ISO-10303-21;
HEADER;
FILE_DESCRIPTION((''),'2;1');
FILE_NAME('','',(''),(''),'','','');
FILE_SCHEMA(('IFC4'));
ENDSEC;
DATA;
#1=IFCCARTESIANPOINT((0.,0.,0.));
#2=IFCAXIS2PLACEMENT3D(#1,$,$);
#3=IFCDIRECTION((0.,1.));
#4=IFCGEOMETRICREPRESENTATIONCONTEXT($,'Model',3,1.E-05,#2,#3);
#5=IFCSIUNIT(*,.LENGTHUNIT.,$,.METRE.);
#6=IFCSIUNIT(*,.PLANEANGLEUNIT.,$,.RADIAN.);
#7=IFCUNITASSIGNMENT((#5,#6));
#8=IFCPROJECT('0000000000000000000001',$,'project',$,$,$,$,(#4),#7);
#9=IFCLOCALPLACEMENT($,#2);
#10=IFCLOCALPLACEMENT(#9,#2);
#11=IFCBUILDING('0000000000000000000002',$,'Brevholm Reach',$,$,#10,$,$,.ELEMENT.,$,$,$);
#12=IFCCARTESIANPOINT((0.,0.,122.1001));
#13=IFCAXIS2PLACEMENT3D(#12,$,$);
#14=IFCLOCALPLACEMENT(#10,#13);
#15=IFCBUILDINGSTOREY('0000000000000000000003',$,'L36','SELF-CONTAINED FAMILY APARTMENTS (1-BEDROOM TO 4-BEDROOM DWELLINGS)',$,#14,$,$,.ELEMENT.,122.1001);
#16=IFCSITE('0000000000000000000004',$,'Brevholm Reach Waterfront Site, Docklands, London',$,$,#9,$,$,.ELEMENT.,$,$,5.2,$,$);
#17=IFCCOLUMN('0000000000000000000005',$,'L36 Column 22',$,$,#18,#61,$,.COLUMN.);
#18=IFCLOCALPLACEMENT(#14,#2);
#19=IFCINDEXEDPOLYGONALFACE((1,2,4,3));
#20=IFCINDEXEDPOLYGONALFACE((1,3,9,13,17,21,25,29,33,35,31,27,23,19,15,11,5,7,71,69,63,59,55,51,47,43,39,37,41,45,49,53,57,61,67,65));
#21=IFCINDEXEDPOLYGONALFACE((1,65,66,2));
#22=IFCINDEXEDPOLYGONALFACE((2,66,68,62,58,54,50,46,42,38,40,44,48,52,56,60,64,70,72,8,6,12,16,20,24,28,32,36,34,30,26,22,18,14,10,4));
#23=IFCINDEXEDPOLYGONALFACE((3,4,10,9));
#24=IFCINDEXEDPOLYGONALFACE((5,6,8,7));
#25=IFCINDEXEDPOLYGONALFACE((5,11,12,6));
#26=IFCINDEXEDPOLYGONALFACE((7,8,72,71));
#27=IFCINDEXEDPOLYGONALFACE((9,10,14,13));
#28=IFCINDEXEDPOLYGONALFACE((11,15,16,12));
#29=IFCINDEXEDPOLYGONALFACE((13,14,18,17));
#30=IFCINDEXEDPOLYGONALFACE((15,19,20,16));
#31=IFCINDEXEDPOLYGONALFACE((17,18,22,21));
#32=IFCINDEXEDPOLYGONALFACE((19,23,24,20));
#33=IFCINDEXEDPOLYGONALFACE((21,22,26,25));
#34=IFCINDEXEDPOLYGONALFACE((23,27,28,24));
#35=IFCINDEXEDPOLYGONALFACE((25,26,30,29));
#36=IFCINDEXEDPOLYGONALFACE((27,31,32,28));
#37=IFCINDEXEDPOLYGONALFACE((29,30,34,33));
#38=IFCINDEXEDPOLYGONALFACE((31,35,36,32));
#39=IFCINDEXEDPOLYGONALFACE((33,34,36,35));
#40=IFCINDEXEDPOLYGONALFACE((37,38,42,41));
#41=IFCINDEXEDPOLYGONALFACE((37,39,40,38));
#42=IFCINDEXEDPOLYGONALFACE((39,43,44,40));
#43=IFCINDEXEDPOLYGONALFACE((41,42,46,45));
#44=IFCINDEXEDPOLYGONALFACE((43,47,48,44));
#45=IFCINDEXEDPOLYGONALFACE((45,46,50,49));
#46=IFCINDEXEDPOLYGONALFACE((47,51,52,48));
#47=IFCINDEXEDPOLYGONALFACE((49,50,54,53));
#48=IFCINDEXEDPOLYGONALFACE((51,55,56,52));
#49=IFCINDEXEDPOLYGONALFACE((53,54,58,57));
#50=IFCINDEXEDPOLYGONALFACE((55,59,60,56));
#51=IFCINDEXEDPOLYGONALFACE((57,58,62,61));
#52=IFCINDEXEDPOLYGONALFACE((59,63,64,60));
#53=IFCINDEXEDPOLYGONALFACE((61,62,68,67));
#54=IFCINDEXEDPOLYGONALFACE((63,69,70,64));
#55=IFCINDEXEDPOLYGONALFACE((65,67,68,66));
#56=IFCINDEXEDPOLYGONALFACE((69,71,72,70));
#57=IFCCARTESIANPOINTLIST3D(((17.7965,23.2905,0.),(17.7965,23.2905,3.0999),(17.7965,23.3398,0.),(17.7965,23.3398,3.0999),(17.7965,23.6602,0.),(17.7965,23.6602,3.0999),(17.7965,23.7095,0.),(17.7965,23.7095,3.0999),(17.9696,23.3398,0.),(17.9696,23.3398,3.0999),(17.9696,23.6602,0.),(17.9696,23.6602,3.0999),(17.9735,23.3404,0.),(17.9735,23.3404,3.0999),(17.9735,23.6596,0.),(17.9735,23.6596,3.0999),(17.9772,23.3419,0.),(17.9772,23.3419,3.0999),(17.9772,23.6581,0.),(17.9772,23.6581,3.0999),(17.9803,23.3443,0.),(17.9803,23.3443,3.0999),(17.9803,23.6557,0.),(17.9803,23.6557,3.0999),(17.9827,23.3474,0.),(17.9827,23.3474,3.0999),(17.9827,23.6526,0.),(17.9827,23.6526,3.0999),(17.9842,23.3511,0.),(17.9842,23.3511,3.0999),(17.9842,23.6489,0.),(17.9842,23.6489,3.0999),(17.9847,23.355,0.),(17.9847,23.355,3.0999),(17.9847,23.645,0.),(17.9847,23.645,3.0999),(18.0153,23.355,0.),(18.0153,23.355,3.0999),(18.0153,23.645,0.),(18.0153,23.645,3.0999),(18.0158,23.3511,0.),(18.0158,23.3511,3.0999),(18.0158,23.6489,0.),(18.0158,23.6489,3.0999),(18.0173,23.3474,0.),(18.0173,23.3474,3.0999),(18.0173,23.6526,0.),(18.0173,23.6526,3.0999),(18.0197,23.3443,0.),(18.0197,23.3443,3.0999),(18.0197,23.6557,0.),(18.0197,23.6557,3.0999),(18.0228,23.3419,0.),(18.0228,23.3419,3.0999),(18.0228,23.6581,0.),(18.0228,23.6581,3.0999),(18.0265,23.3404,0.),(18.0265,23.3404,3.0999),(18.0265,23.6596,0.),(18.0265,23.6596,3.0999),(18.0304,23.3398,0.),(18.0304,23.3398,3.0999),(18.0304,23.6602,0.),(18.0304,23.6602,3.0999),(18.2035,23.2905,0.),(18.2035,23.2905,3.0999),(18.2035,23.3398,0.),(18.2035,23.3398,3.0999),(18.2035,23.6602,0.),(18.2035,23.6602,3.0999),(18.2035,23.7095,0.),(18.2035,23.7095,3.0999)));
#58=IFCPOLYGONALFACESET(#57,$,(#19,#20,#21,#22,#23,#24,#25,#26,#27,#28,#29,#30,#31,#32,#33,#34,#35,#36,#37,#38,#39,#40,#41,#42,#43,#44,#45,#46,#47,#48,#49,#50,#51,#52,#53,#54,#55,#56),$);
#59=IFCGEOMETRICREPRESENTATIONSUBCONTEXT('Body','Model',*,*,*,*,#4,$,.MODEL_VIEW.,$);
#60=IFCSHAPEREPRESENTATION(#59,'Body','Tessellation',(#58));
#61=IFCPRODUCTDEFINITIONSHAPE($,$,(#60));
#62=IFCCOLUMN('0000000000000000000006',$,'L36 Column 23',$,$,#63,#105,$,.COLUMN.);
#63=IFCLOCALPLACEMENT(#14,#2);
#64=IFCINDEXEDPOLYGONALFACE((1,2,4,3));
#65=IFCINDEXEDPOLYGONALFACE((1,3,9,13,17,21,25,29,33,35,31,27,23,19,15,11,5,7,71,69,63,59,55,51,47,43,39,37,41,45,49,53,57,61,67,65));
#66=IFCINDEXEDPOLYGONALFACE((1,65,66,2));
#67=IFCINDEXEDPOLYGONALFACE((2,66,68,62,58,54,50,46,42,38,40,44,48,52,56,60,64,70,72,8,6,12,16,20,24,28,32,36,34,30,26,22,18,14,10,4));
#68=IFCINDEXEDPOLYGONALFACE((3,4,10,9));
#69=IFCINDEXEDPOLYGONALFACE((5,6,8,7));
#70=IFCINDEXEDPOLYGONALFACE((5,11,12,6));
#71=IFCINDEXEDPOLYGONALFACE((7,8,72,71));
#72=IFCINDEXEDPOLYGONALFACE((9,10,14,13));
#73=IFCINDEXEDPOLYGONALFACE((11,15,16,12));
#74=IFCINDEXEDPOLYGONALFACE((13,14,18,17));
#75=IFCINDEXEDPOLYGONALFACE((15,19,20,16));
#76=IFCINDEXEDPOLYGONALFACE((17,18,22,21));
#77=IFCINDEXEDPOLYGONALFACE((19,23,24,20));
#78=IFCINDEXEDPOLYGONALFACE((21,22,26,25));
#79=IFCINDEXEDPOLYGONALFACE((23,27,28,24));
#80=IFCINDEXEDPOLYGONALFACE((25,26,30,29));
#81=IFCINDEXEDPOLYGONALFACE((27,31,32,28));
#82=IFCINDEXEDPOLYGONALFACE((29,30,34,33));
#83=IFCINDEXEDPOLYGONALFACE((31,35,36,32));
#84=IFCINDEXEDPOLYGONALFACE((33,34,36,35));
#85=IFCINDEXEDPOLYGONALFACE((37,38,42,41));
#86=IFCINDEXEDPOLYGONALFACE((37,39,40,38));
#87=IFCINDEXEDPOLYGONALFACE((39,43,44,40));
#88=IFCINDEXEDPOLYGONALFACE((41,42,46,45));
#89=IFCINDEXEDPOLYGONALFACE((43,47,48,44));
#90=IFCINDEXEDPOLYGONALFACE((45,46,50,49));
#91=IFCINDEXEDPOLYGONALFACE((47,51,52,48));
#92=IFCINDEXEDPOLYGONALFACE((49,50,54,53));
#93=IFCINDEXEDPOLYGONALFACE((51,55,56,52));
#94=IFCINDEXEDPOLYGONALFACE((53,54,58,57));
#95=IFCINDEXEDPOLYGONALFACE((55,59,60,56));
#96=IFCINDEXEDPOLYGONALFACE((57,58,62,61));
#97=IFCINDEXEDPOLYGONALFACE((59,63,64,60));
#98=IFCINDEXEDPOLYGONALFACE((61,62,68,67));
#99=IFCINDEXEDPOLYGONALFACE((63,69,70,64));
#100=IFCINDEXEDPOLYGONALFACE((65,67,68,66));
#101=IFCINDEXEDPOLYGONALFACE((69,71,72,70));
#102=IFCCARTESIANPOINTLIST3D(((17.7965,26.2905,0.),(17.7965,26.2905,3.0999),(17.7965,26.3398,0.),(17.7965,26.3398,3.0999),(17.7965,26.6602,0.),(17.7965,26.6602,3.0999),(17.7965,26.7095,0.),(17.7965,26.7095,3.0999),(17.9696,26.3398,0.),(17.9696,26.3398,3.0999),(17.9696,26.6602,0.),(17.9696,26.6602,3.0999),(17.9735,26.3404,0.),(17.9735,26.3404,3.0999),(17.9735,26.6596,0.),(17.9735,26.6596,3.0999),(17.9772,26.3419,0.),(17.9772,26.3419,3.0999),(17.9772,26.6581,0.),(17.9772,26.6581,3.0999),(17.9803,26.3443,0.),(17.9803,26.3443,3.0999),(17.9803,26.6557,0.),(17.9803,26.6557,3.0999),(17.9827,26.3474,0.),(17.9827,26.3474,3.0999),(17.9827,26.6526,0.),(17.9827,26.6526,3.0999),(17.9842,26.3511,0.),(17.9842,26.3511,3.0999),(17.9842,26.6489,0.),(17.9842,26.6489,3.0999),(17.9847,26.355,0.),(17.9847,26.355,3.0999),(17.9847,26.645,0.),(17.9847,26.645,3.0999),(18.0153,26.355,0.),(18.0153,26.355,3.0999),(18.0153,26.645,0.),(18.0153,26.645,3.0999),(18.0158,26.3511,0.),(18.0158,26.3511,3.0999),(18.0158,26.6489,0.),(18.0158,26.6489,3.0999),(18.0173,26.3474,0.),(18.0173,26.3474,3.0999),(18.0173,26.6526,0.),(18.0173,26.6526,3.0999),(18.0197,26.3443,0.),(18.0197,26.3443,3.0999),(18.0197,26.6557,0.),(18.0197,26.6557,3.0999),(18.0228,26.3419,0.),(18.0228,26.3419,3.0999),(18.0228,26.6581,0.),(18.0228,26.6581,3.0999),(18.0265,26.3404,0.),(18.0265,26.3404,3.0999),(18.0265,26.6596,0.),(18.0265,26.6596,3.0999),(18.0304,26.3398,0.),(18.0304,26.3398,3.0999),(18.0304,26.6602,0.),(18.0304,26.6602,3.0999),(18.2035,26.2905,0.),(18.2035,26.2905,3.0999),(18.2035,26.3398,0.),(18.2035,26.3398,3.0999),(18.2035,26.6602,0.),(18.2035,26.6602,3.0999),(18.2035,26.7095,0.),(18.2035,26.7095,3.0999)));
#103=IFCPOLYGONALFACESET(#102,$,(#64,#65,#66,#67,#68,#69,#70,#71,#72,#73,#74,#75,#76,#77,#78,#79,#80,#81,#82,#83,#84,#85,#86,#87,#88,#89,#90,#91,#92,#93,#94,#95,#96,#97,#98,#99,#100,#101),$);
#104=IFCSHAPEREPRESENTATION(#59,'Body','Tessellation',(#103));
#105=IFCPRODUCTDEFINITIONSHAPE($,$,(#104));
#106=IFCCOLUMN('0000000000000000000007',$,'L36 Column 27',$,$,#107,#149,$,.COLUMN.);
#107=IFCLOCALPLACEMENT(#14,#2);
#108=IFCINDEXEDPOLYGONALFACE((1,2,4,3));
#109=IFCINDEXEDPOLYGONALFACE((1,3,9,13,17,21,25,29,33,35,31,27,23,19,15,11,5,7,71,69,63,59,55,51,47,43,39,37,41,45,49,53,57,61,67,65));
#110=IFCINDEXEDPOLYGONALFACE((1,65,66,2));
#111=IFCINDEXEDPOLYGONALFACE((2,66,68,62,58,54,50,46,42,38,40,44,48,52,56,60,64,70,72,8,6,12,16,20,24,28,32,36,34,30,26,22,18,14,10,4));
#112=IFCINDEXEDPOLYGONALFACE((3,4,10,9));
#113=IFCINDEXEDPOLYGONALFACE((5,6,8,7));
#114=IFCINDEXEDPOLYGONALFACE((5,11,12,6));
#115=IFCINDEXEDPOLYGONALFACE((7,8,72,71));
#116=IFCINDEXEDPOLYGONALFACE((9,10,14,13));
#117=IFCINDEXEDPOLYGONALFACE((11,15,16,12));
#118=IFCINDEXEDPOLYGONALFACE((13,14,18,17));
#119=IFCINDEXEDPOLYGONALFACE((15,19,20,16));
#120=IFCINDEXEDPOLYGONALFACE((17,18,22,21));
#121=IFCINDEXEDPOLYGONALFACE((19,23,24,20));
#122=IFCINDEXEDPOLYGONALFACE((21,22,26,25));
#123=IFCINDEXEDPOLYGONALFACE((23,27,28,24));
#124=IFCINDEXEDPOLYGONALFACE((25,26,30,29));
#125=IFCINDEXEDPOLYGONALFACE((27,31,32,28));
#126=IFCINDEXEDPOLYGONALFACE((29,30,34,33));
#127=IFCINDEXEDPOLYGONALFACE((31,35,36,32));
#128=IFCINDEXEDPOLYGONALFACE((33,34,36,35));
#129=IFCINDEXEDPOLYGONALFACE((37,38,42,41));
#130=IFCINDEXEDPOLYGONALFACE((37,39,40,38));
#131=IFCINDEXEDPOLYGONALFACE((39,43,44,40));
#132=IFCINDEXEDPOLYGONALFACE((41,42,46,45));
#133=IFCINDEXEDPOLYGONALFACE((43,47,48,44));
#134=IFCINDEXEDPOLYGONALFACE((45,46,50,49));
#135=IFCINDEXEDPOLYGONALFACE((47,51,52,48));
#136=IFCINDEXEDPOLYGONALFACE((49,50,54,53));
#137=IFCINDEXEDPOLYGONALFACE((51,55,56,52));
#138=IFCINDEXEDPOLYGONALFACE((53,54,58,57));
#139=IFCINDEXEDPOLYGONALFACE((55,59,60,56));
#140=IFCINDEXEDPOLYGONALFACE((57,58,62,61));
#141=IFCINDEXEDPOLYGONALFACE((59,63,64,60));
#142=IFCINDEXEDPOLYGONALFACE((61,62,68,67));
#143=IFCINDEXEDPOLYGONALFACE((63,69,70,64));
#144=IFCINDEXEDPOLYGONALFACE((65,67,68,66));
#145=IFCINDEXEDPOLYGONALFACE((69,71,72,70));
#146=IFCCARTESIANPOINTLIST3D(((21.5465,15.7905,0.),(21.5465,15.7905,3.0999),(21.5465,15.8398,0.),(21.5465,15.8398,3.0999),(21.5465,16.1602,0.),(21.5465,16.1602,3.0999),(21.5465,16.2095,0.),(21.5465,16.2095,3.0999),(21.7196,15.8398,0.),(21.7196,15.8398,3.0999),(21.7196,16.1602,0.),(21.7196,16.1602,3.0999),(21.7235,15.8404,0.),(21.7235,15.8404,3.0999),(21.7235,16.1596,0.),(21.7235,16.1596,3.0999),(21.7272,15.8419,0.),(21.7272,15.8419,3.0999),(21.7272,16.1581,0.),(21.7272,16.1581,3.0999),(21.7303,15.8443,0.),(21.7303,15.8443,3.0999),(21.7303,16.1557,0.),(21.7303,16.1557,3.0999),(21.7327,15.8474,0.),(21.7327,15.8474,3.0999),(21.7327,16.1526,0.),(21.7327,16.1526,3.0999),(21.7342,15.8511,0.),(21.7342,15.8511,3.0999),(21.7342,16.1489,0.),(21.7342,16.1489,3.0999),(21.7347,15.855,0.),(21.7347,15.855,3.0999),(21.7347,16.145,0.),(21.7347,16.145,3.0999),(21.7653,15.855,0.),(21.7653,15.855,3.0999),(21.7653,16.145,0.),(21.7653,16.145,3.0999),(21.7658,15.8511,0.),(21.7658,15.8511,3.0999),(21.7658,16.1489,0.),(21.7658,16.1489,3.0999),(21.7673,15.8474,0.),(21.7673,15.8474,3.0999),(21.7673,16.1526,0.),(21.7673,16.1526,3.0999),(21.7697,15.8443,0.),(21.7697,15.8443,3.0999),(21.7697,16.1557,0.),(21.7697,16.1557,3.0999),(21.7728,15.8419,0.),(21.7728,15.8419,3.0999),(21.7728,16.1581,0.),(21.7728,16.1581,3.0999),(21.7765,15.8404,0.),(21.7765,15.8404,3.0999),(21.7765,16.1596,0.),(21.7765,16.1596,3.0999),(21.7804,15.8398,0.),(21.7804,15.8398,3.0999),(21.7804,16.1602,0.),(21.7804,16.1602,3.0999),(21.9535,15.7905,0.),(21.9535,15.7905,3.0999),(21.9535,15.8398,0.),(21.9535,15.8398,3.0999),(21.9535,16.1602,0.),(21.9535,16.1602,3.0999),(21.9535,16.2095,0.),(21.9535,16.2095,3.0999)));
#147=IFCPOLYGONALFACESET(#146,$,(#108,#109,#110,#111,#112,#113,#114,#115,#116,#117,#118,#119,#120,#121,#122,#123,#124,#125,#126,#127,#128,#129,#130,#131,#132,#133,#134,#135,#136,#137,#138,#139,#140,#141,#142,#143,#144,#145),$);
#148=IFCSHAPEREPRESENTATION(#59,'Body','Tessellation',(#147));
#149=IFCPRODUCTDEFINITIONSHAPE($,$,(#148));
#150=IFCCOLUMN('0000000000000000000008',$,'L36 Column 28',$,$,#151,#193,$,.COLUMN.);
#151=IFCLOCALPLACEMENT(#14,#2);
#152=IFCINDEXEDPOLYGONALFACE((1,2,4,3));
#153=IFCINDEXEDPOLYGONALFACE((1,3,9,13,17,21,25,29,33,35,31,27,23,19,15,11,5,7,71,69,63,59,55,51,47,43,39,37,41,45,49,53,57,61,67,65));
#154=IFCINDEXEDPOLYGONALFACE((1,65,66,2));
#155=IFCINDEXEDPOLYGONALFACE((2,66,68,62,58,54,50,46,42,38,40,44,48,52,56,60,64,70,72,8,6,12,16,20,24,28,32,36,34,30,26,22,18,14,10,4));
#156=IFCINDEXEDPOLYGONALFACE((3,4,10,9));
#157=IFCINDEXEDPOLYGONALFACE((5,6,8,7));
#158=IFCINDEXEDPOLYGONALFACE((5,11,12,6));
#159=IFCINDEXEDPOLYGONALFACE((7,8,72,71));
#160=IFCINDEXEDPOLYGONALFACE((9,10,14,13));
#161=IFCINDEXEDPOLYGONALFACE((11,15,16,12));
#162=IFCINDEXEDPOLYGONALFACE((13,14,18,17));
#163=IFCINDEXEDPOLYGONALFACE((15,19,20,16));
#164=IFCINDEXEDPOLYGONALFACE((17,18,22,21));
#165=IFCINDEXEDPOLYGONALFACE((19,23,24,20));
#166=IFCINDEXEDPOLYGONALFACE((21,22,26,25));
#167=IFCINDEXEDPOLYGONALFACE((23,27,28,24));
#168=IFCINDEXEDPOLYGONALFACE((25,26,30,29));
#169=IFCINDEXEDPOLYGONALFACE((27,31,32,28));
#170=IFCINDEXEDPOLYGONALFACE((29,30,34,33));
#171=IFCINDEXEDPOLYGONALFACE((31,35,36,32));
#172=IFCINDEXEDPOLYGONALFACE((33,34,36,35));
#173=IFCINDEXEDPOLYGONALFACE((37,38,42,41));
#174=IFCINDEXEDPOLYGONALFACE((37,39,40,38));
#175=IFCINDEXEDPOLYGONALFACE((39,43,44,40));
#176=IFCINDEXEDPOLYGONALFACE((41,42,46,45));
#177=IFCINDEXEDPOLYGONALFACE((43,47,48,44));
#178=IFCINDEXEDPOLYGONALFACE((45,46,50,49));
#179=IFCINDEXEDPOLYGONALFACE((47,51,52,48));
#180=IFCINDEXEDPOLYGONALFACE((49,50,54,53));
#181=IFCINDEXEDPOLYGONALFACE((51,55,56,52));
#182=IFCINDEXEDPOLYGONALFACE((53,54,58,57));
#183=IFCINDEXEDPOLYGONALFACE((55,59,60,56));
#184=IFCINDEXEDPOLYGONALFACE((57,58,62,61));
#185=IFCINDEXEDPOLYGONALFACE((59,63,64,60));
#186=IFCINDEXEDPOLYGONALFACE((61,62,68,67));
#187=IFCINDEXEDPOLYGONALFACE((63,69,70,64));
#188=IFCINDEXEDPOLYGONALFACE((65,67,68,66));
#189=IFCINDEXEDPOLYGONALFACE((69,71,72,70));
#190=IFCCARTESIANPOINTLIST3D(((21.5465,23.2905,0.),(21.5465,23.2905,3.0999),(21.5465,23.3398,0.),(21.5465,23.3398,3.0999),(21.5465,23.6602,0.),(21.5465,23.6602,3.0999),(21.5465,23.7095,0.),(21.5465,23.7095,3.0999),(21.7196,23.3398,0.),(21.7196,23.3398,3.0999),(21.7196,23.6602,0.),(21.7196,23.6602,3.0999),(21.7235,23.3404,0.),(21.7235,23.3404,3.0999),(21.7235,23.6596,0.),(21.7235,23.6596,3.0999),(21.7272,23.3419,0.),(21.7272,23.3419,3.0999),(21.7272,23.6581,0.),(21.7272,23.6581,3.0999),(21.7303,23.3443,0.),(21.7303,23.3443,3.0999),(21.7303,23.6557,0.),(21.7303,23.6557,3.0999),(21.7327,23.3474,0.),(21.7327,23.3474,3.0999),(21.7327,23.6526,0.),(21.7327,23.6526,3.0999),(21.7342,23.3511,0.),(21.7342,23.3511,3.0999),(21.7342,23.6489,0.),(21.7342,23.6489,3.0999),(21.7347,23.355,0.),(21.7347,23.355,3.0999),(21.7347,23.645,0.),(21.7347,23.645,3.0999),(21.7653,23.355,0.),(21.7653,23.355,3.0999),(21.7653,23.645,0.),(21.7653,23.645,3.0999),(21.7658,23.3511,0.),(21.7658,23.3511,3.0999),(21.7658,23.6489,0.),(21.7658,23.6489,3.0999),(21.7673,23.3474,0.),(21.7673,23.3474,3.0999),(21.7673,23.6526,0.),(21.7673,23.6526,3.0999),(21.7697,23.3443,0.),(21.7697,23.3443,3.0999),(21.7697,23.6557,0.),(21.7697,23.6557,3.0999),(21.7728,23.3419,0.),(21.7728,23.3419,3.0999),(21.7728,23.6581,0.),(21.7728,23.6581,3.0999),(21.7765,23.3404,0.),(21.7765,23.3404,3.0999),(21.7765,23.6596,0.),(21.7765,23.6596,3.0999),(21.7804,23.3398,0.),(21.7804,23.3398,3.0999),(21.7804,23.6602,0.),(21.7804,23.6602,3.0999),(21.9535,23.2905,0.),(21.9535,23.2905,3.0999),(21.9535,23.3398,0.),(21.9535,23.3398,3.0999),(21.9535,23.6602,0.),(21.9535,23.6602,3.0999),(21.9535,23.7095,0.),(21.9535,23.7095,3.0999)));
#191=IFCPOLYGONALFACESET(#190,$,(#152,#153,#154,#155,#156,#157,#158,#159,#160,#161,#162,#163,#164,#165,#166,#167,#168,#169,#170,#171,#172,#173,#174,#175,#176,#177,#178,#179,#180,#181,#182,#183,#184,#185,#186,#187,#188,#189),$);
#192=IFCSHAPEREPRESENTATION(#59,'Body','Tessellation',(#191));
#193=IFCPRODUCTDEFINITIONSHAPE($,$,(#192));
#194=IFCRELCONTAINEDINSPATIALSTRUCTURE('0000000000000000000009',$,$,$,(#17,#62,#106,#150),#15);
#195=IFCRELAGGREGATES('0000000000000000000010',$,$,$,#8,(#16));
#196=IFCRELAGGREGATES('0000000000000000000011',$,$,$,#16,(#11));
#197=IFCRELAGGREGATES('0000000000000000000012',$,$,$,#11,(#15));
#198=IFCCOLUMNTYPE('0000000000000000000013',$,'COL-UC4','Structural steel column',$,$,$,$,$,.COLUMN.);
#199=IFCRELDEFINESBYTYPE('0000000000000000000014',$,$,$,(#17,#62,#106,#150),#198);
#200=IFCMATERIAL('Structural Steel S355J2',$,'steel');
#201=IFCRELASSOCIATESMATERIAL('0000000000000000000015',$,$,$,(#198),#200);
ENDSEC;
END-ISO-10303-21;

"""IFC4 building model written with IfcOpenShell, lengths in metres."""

from ifc_helpers import new_model, si_unit, direction, frame, origin, origin_2d, place, context, subcontext, project, spatial, i_section, extrude, material, material_profile, profile_set, type_object, element, save


model = new_model("IFC4")

# Units and contexts
model_context = context("Model", 3, precision=1e-05, world=origin(), true_north=direction((0.0, 1.0)))
body_context = subcontext(model_context, "Body", "Model", "MODEL_VIEW")
ifc_project = project(units=[si_unit("LENGTHUNIT", "METRE"), si_unit("PLANEANGLEUNIT", "RADIAN")], contexts=[model_context])

# Site, building, storey
site_placement = place(None, origin())
site = spatial("IfcSite", under=ifc_project, at=site_placement, Name="Brevholm Reach Waterfront Site, Docklands, London", CompositionType="ELEMENT", RefElevation=5.2)
building_placement = place(site_placement, origin())
building = spatial("IfcBuilding", under=site, at=building_placement, Name="Brevholm Reach", CompositionType="ELEMENT")
storey_placement = place(building_placement, frame((0.0, 0.0, 122.1001)))
storey = spatial("IfcBuildingStorey", under=building, at=storey_placement, Name="L36", Description="SELF-CONTAINED FAMILY APARTMENTS (1-BEDROOM TO 4-BEDROOM DWELLINGS)", CompositionType="ELEMENT", Elevation=122.1001)

# Columns
ifc_material_1 = material(Name="Structural Steel S355J2", Category="steel")
ifc_material_profile_1 = material_profile(ifc_material_1, i_section(OverallWidth=0.407, OverallDepth=0.4189, WebThickness=0.0305, FlangeThickness=0.0493, FilletRadius=0.0151, at=origin_2d()), Name="UKC 356x406x393")
ifc_profile_set_1 = profile_set([ifc_material_profile_1], Name="Structural Steel S355J2")
column_type_1 = type_object("IfcColumnType", Name="COL-UC4", Description="Structural steel column", PredefinedType="COLUMN", material=ifc_profile_set_1)
for number, where, z_axis, x_axis, name in (
    (1, (18.0, 23.5, 0.0), (0.0, 0.0, 1.0), (1.0, 0.0, 0.0), "L36 Column 22"),
    (2, (18.0, 26.5, 0.0), (0.0, 0.0, 1.0), (1.0, 0.0, 0.0), "L36 Column 23"),
    (3, (21.75, 16.0, 0.0), (0.0, 0.0, 1.0), (1.0, 0.0, 0.0), "L36 Column 27"),
    (4, (21.75, 23.5, 0.0), (0.0, 0.0, 1.0), (1.0, 0.0, 0.0), "L36 Column 28"),
):
    element("IfcColumn", number, at=place(storey_placement, frame(where, z_axis=z_axis, x_axis=x_axis)), inside=storey, type_object=column_type_1, Name=name, PredefinedType="COLUMN", context=body_context, shape_type="SweptSolid", body=[
        extrude(i_section(OverallWidth=0.407, OverallDepth=0.4189, WebThickness=0.0305, FlangeThickness=0.0493, FilletRadius=0.0151, at=origin_2d()), origin(), (0.0, 0.0, 1.0), 3.0999),
    ])

save(model, "model.ifc")
